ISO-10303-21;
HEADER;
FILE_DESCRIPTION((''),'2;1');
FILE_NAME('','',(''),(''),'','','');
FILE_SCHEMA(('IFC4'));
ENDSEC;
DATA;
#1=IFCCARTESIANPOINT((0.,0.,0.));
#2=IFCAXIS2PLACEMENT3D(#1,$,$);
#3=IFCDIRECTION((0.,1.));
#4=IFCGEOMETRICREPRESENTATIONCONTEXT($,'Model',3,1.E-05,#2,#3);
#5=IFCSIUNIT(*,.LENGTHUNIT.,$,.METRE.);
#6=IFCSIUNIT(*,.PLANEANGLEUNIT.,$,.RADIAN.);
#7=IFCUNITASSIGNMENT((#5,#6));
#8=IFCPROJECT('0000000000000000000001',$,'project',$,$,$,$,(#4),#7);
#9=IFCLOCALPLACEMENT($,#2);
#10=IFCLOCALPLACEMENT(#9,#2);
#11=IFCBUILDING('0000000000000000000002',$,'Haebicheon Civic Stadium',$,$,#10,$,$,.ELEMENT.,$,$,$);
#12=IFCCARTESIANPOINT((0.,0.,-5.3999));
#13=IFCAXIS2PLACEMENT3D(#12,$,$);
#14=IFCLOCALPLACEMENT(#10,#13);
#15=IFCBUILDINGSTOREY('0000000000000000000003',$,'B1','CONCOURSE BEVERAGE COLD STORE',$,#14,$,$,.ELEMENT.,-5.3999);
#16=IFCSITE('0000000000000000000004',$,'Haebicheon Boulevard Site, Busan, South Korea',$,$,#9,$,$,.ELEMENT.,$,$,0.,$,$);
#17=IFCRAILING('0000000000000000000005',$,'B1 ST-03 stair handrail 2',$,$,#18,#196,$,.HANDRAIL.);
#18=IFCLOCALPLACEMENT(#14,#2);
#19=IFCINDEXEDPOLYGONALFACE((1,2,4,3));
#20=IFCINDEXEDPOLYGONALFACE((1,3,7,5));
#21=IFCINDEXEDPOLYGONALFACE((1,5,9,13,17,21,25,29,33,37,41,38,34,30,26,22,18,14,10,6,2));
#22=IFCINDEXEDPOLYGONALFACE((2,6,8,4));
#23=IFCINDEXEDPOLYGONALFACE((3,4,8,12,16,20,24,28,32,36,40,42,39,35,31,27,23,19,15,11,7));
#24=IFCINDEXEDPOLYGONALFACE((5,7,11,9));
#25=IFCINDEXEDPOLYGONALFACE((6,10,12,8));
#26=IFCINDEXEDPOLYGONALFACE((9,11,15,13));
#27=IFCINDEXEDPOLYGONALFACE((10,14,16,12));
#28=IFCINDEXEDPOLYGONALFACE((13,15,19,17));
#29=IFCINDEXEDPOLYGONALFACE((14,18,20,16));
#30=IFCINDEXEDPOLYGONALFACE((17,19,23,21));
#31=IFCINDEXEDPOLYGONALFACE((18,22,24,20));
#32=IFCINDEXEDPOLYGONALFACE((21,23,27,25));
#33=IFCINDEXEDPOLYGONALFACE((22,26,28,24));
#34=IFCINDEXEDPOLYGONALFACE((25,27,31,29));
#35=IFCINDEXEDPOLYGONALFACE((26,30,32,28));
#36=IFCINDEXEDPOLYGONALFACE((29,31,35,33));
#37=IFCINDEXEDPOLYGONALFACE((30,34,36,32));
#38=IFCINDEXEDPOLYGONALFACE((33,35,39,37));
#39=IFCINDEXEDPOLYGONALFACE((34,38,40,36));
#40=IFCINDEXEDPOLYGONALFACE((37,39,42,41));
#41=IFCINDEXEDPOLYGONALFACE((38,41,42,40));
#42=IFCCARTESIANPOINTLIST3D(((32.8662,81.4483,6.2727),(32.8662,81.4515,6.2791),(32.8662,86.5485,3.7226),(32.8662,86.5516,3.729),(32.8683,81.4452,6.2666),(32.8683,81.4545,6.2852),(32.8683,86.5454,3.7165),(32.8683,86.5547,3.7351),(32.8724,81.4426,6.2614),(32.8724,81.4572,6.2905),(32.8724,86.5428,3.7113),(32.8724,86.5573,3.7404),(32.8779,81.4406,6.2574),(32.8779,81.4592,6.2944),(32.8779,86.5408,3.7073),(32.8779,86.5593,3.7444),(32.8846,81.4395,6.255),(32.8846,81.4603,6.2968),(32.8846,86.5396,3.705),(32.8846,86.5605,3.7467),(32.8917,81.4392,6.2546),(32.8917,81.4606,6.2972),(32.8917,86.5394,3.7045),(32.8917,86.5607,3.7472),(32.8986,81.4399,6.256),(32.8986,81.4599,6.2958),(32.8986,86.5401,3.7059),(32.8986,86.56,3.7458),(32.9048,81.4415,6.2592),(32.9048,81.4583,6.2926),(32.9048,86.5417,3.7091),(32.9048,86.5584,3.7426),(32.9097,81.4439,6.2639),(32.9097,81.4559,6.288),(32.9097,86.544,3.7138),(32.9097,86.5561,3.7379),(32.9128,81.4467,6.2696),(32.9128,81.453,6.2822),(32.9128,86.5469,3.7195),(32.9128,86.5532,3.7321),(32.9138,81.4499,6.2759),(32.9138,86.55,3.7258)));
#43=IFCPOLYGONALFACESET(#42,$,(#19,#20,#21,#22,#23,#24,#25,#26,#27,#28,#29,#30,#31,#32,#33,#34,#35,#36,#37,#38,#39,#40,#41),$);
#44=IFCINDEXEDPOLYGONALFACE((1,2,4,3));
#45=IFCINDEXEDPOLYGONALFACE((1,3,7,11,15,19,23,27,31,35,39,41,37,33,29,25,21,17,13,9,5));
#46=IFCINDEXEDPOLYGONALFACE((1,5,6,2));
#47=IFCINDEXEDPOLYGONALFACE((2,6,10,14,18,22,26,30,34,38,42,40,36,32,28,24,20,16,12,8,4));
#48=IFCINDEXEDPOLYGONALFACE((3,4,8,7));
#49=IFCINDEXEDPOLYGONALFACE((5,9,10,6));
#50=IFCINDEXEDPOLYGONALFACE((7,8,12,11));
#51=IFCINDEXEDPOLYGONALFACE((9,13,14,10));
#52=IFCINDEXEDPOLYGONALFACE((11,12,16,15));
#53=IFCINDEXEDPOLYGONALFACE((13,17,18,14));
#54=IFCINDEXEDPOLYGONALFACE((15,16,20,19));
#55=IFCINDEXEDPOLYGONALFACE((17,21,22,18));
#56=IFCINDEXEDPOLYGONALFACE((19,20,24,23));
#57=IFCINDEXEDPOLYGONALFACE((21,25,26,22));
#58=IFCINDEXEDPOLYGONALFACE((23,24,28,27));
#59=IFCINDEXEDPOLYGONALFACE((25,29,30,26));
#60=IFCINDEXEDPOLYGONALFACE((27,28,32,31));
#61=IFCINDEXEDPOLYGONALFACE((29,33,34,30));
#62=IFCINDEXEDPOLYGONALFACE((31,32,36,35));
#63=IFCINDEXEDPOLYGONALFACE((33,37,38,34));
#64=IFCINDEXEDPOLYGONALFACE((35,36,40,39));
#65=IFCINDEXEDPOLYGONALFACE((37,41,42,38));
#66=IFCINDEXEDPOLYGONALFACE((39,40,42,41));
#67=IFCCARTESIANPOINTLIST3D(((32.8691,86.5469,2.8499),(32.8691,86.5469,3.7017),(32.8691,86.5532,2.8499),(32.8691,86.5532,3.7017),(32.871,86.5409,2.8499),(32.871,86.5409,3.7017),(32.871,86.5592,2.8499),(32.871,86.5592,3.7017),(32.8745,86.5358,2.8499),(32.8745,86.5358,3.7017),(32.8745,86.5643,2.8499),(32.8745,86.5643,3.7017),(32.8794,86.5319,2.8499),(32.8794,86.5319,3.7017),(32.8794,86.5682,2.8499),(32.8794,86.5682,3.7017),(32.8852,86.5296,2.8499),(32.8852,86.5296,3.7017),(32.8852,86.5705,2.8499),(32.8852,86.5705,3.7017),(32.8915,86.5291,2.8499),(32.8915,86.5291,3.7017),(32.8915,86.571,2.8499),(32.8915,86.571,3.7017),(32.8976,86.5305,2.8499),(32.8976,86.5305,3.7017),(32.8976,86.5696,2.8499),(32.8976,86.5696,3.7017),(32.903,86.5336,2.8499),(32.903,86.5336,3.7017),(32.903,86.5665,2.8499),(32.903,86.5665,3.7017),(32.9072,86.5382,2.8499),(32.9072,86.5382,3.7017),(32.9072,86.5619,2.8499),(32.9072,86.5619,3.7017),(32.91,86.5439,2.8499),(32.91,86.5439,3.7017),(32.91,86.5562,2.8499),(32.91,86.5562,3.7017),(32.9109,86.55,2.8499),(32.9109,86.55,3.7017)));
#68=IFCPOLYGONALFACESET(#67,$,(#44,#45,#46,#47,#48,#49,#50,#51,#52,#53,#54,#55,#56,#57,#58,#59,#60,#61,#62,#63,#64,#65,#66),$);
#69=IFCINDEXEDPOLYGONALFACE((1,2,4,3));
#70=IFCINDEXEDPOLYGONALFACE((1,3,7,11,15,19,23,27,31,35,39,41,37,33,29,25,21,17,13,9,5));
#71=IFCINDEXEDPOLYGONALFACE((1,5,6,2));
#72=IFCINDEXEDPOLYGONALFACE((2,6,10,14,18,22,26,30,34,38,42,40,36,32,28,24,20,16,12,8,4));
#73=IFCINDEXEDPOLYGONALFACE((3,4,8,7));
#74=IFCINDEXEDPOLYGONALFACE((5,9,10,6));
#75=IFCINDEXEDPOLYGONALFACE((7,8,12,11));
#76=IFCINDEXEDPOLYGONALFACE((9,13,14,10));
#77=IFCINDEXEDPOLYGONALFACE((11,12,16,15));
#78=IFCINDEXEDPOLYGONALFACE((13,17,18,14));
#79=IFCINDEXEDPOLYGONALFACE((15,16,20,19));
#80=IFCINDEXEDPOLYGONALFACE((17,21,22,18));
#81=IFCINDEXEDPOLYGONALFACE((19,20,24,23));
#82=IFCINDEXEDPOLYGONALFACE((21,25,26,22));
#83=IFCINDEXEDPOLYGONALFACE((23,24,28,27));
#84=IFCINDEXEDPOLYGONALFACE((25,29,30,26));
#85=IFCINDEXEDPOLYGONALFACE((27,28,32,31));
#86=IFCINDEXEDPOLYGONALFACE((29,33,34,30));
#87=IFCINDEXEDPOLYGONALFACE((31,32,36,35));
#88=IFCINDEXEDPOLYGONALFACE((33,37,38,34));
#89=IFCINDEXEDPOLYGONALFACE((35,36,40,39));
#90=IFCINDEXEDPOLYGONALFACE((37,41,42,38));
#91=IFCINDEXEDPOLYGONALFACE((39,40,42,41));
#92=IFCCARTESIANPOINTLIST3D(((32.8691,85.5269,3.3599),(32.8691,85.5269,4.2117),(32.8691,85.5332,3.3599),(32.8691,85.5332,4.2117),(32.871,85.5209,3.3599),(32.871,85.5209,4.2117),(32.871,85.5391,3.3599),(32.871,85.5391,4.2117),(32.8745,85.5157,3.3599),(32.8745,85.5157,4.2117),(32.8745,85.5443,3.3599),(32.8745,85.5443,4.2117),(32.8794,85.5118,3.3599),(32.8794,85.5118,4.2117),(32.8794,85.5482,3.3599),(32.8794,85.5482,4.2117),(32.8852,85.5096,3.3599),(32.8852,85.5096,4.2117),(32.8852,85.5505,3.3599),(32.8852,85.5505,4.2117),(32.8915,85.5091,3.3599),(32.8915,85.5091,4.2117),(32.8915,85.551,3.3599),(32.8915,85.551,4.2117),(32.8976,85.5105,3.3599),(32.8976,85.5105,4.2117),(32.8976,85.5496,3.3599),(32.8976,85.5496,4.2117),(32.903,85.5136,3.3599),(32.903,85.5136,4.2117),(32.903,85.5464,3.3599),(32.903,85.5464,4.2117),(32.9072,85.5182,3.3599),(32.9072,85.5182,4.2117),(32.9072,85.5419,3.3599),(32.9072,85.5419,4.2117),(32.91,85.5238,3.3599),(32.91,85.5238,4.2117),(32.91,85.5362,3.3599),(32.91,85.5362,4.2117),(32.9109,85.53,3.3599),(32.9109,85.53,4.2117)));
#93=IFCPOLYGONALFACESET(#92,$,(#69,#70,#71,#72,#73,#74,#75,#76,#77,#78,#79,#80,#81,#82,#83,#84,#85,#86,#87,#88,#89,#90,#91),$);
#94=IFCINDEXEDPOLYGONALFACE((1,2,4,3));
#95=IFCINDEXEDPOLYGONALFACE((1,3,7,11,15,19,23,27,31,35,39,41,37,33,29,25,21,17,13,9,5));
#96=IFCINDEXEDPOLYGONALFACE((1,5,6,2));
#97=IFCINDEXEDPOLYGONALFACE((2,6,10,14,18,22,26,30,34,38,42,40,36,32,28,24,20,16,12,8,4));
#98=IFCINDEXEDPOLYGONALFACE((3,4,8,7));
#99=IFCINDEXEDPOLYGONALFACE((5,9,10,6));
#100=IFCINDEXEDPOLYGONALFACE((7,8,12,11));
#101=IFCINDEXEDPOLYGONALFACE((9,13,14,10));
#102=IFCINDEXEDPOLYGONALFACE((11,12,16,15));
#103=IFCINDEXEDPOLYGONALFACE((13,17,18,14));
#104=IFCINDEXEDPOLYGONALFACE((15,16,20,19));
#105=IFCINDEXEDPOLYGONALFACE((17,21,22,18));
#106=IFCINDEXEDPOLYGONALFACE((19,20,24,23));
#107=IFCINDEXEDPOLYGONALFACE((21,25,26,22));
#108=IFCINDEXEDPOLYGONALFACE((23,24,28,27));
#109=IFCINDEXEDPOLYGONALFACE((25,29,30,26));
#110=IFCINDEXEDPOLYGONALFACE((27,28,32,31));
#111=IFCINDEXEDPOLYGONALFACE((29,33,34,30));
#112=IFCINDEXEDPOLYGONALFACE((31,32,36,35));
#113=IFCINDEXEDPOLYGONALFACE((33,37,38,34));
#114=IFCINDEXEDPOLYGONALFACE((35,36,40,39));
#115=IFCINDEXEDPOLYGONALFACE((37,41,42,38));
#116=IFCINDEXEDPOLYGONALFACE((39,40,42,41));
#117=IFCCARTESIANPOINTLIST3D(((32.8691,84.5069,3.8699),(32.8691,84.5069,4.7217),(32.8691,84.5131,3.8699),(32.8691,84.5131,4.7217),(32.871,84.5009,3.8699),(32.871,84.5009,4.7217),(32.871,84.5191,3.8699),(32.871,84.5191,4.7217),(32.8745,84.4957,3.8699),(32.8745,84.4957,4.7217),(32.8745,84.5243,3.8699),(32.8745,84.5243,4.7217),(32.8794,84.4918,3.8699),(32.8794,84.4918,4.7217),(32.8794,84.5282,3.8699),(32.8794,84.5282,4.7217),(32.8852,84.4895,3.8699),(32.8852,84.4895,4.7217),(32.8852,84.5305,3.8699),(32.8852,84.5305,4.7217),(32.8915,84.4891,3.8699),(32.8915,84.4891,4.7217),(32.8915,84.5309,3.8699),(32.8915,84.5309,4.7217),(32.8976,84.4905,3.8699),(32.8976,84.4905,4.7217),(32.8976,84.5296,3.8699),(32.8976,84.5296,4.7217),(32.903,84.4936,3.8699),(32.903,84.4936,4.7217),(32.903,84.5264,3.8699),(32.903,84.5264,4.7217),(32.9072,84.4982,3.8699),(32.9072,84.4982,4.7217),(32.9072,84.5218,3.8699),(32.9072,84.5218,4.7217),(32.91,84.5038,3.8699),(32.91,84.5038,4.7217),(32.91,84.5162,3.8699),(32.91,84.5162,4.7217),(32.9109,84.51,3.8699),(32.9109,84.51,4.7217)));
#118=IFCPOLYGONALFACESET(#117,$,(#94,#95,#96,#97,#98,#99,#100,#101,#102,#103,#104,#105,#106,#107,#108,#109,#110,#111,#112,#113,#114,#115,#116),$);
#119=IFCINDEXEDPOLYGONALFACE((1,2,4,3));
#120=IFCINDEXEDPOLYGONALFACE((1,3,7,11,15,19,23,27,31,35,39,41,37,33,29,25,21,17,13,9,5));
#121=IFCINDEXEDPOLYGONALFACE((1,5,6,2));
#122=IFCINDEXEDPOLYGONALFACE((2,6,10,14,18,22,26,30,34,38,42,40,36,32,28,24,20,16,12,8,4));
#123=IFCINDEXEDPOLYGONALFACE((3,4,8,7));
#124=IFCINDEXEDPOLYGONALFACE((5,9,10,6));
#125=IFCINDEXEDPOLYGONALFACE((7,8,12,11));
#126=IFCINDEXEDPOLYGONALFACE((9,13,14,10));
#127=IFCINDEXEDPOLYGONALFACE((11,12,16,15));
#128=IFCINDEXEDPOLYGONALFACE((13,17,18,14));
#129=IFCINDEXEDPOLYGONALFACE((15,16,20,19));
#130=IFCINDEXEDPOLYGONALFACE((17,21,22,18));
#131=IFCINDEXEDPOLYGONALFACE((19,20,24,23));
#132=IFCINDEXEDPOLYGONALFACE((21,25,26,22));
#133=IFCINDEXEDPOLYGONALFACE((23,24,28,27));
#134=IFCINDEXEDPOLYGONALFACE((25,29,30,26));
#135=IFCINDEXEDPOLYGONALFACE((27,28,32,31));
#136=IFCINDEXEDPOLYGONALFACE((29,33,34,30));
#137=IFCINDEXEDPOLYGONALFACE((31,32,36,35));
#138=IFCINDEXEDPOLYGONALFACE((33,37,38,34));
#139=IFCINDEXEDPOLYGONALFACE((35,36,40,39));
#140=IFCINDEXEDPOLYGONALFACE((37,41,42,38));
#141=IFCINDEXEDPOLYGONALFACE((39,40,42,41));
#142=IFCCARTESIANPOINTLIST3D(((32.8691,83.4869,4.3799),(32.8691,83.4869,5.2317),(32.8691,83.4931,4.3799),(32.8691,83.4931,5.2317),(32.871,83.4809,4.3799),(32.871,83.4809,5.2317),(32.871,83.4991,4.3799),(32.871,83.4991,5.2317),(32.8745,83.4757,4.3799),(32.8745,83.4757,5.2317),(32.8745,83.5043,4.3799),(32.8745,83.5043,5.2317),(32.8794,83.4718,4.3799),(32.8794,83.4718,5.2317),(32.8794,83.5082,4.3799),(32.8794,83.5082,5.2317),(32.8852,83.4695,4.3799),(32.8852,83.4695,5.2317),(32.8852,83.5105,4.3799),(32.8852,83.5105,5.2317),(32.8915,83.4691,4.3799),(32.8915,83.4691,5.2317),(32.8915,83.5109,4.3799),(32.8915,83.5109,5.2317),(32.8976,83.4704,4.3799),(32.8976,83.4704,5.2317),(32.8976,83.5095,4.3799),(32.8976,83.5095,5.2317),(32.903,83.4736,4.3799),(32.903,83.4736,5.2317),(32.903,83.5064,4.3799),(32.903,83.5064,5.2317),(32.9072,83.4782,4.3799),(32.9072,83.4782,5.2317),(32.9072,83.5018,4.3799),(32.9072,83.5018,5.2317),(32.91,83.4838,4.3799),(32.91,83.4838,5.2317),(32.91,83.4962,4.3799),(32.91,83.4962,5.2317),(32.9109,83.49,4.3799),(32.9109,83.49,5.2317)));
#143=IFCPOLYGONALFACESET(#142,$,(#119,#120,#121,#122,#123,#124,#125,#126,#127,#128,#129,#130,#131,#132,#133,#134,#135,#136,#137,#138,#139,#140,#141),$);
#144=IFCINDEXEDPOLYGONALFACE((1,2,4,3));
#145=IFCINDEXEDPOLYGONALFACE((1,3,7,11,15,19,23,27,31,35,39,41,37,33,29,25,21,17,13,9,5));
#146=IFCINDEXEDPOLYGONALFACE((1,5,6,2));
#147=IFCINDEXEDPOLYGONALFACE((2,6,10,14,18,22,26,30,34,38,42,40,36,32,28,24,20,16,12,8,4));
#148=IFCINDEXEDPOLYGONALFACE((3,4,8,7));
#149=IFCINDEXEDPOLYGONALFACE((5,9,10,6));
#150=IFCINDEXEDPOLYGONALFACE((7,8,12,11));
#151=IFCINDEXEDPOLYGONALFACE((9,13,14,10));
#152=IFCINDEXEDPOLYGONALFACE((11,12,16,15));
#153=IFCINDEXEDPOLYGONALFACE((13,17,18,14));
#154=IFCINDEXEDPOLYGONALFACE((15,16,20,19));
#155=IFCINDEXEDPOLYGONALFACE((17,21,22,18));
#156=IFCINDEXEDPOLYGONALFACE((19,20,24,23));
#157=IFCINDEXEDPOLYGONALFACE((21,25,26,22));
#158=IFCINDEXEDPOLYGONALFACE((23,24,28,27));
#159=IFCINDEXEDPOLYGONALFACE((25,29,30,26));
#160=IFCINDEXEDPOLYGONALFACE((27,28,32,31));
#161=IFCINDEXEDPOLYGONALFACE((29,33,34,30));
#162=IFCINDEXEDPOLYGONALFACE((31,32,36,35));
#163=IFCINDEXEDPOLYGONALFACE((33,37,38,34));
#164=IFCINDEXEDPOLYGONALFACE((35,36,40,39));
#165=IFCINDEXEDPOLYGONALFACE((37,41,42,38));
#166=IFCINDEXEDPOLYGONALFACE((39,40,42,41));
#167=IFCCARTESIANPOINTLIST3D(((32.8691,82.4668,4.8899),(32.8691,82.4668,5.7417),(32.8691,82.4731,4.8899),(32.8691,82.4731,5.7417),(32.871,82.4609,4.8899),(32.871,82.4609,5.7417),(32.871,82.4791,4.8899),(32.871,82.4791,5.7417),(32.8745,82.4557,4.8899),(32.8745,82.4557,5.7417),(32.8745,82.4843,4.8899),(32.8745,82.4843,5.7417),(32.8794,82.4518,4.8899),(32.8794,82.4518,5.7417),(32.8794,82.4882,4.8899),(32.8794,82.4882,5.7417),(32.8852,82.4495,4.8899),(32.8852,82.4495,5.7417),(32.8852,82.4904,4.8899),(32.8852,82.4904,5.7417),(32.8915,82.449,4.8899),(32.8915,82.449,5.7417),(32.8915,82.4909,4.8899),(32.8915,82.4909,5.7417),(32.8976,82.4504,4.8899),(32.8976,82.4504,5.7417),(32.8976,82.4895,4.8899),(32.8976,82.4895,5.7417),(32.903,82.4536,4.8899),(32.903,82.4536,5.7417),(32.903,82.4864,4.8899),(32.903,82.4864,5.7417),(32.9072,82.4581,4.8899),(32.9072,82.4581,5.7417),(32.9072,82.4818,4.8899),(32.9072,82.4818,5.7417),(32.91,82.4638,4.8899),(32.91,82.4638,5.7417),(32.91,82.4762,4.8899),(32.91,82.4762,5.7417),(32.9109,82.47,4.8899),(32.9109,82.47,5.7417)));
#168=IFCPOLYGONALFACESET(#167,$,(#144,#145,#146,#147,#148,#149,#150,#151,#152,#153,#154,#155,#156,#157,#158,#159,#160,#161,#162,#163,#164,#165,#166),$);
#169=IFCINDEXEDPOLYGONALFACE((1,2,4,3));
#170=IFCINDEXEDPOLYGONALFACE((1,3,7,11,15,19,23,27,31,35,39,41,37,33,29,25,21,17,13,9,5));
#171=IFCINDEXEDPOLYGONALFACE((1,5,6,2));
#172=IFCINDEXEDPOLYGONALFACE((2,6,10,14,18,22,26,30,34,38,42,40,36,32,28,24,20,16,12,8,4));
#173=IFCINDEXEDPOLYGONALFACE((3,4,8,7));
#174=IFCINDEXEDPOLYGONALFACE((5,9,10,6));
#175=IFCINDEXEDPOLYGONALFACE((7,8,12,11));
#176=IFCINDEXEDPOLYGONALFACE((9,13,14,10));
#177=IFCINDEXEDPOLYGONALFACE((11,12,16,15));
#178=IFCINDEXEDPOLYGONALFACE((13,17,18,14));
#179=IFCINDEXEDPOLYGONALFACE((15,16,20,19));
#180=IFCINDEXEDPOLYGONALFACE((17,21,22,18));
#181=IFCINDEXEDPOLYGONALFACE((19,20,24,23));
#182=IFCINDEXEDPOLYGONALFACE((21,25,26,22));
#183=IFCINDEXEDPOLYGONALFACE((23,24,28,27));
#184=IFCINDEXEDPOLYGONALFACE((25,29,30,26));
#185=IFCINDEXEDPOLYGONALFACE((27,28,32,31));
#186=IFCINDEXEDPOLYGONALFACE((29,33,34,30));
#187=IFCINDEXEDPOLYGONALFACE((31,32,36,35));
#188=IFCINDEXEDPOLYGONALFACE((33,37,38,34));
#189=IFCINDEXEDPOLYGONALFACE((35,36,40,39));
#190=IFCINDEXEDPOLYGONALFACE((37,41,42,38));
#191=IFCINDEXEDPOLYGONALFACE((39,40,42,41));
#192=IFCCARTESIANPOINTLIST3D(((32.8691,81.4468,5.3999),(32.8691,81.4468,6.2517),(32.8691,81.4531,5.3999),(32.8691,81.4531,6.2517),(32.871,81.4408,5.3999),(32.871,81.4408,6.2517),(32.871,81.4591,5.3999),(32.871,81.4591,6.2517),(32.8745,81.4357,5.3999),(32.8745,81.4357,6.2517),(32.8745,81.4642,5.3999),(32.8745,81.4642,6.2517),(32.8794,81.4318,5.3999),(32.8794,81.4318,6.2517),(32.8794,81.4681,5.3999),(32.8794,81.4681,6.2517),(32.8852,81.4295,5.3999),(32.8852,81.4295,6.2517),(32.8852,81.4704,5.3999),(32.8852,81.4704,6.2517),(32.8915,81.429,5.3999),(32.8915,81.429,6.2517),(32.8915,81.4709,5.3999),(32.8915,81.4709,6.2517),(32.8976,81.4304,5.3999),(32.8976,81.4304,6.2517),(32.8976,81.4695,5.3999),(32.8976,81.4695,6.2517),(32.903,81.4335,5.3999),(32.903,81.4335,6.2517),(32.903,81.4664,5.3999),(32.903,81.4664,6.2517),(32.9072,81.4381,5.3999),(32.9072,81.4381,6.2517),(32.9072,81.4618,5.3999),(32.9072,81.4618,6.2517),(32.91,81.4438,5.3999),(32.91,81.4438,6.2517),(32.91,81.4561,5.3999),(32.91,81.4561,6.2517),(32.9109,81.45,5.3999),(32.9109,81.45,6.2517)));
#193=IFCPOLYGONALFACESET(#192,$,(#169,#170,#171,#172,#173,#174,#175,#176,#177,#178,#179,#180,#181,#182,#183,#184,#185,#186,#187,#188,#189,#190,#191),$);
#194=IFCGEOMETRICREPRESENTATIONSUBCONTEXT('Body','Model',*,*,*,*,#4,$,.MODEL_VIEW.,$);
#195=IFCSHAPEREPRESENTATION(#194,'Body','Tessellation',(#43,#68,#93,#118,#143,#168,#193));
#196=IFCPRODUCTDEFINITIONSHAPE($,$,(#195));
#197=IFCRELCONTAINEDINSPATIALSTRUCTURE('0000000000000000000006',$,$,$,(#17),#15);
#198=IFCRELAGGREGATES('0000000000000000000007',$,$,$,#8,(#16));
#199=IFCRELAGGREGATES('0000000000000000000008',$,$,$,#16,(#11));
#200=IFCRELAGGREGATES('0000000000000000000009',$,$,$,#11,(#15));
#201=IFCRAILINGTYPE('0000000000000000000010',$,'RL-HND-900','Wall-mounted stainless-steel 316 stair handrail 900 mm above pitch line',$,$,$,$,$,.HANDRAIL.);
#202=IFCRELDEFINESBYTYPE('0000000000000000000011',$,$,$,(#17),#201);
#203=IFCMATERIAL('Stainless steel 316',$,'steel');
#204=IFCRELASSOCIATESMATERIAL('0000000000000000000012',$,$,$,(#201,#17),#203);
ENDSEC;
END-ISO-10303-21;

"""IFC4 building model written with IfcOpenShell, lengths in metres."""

from ifc_helpers import new_model, si_unit, direction, frame, origin, origin_2d, place, context, subcontext, project, spatial, circle, extrude, material, type_object, element, save


model = new_model("IFC4")

# Units and contexts
model_context = context("Model", 3, precision=1e-05, world=origin(), true_north=direction((0.0, 1.0)))
body_context = subcontext(model_context, "Body", "Model", "MODEL_VIEW")
ifc_project = project(units=[si_unit("LENGTHUNIT", "METRE"), si_unit("PLANEANGLEUNIT", "RADIAN")], contexts=[model_context])

# Site, building, storey
site_placement = place(None, origin())
site = spatial("IfcSite", under=ifc_project, at=site_placement, Name="Haebicheon Boulevard Site, Busan, South Korea", CompositionType="ELEMENT", RefElevation=0.0)
building_placement = place(site_placement, origin())
building = spatial("IfcBuilding", under=site, at=building_placement, Name="Haebicheon Civic Stadium", CompositionType="ELEMENT")
storey_placement = place(building_placement, frame((0.0, 0.0, -5.3999)))
storey = spatial("IfcBuildingStorey", under=building, at=storey_placement, Name="B1", Description="CONCOURSE BEVERAGE COLD STORE", CompositionType="ELEMENT", Elevation=-5.3999)

# Railing
ifc_material_1 = material(Name="Stainless steel 316", Category="steel")
railing_type_1 = type_object("IfcRailingType", Name="RL-HND-900", Description="Wall-mounted stainless-steel 316 stair handrail 900 mm above pitch line", PredefinedType="HANDRAIL", material=ifc_material_1)
railing_1_placement = place(storey_placement, frame((32.8899, 86.55, 2.8499)))
element("IfcRailing", 1, at=railing_1_placement, inside=storey, type_object=railing_type_1, material=ifc_material_1, Name="B1 ST-03 stair handrail 2", PredefinedType="HANDRAIL", context=body_context, shape_type="SweptSolid", body=[
    extrude(circle(Radius=0.0239, at=origin_2d()), frame((0.0, 0.0, 0.876), z_axis=(0.0, -0.894427, 0.447214), x_axis=(1.0, 0.0, 0.0)), (0.0, 0.0, 1.0), 5.7021),
    extrude(circle(Radius=0.021, at=origin_2d()), origin(), (0.0, 0.0, 1.0), 0.8518),
    extrude(circle(Radius=0.021, at=origin_2d()), frame((0.0, -1.02, 0.51)), (0.0, 0.0, 1.0), 0.8518),
    extrude(circle(Radius=0.021, at=origin_2d()), frame((0.0, -2.04, 1.02)), (0.0, 0.0, 1.0), 0.8518),
    extrude(circle(Radius=0.021, at=origin_2d()), frame((0.0, -3.0601, 1.53)), (0.0, 0.0, 1.0), 0.8518),
    extrude(circle(Radius=0.021, at=origin_2d()), frame((0.0, -4.0801, 2.04)), (0.0, 0.0, 1.0), 0.8518),
    extrude(circle(Radius=0.021, at=origin_2d()), frame((0.0, -5.1001, 2.55)), (0.0, 0.0, 1.0), 0.8518),
])

save(model, "model.ifc")
